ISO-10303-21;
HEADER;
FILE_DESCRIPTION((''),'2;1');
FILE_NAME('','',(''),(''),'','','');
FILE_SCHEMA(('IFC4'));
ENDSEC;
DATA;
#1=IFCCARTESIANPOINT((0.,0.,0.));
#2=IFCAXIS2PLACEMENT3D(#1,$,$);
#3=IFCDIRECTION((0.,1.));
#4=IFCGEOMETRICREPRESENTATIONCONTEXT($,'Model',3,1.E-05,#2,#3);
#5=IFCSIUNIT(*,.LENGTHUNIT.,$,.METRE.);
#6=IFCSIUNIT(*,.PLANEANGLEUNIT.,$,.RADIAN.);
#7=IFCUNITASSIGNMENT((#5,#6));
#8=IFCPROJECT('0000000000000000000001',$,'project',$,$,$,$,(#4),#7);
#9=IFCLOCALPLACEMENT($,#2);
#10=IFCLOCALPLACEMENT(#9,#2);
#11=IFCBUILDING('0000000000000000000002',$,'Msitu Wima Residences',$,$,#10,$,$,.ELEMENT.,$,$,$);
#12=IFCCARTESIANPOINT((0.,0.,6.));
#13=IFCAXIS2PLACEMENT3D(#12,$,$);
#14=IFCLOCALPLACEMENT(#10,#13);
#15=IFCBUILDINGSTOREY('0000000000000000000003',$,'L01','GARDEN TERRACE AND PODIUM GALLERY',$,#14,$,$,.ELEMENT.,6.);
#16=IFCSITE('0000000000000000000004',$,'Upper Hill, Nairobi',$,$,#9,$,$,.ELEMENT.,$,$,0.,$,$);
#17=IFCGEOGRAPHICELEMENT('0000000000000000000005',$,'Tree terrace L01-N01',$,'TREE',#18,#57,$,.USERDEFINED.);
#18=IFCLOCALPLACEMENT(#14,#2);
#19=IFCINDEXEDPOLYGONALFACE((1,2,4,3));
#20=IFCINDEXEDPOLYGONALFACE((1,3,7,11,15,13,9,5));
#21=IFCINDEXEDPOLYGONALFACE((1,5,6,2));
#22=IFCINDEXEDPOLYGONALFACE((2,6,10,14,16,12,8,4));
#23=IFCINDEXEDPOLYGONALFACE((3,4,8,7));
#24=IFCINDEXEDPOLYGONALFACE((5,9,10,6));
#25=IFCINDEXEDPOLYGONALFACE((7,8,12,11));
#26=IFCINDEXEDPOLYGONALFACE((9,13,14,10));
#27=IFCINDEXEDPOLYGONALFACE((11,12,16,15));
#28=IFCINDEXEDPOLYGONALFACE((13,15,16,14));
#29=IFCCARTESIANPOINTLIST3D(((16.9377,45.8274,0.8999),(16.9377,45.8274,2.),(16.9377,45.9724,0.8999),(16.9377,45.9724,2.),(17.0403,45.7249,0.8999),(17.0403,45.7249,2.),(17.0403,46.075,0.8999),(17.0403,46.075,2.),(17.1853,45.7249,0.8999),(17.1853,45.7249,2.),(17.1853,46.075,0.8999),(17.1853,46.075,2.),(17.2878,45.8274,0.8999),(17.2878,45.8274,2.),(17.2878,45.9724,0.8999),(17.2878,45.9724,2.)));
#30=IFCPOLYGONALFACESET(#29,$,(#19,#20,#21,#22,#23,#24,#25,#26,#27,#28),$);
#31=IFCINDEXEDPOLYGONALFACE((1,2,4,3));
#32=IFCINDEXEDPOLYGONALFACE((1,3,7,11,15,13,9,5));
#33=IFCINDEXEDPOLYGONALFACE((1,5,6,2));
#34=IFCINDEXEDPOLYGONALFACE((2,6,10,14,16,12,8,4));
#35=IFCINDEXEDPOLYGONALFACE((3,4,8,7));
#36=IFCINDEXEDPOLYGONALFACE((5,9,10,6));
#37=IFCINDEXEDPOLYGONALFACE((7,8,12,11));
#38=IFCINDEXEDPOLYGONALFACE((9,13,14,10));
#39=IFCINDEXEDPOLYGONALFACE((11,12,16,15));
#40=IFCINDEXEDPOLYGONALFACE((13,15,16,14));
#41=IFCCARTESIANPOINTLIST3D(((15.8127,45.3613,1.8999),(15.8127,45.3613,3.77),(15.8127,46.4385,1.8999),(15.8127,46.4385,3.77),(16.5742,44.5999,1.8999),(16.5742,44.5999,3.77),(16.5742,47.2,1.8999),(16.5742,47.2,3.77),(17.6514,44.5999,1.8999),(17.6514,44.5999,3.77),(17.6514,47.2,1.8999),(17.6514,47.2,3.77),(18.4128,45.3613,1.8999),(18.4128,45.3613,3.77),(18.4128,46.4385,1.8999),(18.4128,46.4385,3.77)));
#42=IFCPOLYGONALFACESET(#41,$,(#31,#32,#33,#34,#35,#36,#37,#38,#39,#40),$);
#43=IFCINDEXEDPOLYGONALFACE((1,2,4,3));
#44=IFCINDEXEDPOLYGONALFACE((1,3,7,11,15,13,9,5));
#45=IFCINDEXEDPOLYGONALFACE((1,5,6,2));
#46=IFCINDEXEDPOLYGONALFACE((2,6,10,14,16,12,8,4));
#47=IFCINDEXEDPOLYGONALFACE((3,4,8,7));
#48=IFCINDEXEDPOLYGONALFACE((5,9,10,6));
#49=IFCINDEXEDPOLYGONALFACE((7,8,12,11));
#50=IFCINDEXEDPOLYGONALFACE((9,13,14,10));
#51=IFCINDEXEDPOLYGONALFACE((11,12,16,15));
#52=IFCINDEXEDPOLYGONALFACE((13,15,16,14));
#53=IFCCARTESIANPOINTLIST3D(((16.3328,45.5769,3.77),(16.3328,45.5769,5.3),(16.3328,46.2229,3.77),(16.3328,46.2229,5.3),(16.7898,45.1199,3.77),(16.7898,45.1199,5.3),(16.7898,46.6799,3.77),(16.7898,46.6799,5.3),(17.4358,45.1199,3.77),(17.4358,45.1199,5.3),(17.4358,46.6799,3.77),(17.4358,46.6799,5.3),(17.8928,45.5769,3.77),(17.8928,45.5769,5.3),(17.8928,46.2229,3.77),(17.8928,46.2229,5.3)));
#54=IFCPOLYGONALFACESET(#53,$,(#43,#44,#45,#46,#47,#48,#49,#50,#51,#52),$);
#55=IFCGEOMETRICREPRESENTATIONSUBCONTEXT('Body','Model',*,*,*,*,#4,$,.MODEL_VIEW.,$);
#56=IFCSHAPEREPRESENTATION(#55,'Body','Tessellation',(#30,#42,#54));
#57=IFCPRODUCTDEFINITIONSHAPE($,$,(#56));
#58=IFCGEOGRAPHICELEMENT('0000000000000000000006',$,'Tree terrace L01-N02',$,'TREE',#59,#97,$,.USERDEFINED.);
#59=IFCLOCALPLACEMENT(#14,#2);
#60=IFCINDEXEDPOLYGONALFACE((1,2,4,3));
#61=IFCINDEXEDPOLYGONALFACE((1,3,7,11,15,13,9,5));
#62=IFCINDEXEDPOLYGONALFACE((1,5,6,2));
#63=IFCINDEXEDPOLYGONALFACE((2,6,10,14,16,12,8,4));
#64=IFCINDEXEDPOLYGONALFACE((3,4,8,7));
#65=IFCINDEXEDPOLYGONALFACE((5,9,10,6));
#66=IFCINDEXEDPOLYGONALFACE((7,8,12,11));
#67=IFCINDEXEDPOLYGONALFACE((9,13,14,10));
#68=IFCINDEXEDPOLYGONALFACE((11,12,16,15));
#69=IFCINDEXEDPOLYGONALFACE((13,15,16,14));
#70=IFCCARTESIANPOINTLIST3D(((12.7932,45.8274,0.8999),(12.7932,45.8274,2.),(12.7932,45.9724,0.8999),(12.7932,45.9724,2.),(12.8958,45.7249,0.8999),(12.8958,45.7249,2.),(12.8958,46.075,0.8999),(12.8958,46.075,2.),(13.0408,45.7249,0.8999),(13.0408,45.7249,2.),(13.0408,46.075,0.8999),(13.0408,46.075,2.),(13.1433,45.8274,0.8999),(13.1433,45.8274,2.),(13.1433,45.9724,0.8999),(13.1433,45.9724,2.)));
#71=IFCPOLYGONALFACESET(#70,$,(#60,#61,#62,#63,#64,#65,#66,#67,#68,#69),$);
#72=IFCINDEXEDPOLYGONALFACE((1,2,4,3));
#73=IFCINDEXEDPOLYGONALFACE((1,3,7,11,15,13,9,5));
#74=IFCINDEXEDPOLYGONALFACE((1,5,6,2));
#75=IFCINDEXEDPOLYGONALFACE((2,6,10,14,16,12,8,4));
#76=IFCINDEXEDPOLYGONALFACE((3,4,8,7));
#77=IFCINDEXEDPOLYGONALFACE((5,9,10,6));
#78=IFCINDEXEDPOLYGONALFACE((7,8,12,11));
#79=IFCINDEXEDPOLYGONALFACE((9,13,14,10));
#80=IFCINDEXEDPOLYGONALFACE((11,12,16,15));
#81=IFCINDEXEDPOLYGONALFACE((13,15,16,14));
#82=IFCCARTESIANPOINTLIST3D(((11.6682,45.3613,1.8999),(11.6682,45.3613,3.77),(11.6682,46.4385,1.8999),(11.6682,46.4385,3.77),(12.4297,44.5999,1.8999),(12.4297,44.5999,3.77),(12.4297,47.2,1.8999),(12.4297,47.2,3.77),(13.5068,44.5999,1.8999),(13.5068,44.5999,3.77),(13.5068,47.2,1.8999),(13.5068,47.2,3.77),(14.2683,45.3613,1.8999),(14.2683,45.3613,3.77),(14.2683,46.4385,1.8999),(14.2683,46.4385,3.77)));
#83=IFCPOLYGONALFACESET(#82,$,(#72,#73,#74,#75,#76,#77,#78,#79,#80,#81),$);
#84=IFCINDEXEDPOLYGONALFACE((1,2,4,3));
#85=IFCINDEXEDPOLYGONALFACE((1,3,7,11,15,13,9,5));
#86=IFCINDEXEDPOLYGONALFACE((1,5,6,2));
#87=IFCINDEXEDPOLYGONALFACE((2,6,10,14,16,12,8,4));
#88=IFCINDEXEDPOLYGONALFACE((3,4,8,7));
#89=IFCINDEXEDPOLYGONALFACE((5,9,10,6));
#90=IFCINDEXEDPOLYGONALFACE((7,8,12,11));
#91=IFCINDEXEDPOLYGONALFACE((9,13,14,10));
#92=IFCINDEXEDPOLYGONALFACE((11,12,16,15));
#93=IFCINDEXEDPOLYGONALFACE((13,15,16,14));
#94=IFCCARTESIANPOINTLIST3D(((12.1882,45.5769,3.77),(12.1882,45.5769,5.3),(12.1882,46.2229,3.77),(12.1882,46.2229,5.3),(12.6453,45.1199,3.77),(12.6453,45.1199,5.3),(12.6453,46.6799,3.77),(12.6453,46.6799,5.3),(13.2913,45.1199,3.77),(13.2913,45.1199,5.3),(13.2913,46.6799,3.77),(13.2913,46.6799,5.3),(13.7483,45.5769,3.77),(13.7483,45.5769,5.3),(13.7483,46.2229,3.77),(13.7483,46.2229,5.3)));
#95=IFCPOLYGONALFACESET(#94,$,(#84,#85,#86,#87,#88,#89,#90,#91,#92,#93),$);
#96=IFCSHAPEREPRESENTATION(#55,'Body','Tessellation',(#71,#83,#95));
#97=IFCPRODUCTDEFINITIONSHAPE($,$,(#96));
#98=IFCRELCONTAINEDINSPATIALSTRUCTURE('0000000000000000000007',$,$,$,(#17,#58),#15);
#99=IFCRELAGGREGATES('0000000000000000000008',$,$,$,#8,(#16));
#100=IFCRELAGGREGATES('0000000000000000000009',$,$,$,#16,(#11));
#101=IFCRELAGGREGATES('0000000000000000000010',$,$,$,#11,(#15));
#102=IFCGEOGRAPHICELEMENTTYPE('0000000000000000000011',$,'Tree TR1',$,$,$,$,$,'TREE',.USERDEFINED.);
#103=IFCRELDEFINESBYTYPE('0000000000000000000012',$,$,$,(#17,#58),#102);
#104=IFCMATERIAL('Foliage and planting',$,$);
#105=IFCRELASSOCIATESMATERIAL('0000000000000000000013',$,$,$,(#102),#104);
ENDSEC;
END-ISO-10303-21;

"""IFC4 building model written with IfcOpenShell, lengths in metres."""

from ifc_helpers import new_model, si_unit, direction, frame, origin, place, context, subcontext, project, spatial, polyline, outline, extrude, material, type_object, element, save


model = new_model("IFC4")

# Units and contexts
model_context = context("Model", 3, precision=1e-05, world=origin(), true_north=direction((0.0, 1.0)))
body_context = subcontext(model_context, "Body", "Model", "MODEL_VIEW")
ifc_project = project(units=[si_unit("LENGTHUNIT", "METRE"), si_unit("PLANEANGLEUNIT", "RADIAN")], contexts=[model_context])

# Site, building, storey
site_placement = place(None, origin())
site = spatial("IfcSite", under=ifc_project, at=site_placement, Name="Upper Hill, Nairobi", CompositionType="ELEMENT", RefElevation=0.0)
building_placement = place(site_placement, origin())
building = spatial("IfcBuilding", under=site, at=building_placement, Name="Msitu Wima Residences", CompositionType="ELEMENT")
storey_placement = place(building_placement, frame((0.0, 0.0, 6.0)))
storey = spatial("IfcBuildingStorey", under=building, at=storey_placement, Name="L01", Description="GARDEN TERRACE AND PODIUM GALLERY", CompositionType="ELEMENT", Elevation=6.0)

# Geographic elements
ifc_material_1 = material(Name="Foliage and planting")
geographic_element_type = type_object("IfcGeographicElementType", Name="Tree TR1", ElementType="TREE", PredefinedType="USERDEFINED", material=ifc_material_1)
for number, where, z_axis, x_axis, name in (
    (1, (17.1128, 45.8999, 0.8999), (0.0, 0.0, 1.0), (1.0, 0.0, 0.0), "Tree terrace L01-N01"),
    (2, (12.9683, 45.8999, 0.8999), (0.0, 0.0, 1.0), (1.0, 0.0, 0.0), "Tree terrace L01-N02"),
):
    element("IfcGeographicElement", number, at=place(storey_placement, frame(where, z_axis=z_axis, x_axis=x_axis)), inside=storey, type_object=geographic_element_type, Name=name, ObjectType="TREE", PredefinedType="USERDEFINED", context=body_context, shape_type="SweptSolid", body=[
        extrude(outline(polyline([(0.175, 0.0725), (0.0725, 0.175), (-0.0725, 0.175), (-0.175, 0.0725), (-0.175, -0.0725), (-0.0725, -0.175), (0.0725, -0.175), (0.175, -0.0725), (0.175, 0.0725)])), origin(), (0.0, 0.0, 1.0), 1.1001),
        extrude(outline(polyline([(1.3, 0.5386), (0.5386, 1.3), (-0.5386, 1.3), (-1.3, 0.5386), (-1.3, -0.5386), (-0.5386, -1.3), (0.5386, -1.3), (1.3, -0.5386), (1.3, 0.5386)])), frame((0.0, 0.0, 1.0)), (0.0, 0.0, 1.0), 1.8701),
        extrude(outline(polyline([(0.78, 0.323), (0.323, 0.78), (-0.323, 0.78), (-0.78, 0.323), (-0.78, -0.323), (-0.323, -0.78), (0.323, -0.78), (0.78, -0.323), (0.78, 0.323)])), frame((0.0, 0.0, 2.8701)), (0.0, 0.0, 1.0), 1.53),
    ])

save(model, "model.ifc")
